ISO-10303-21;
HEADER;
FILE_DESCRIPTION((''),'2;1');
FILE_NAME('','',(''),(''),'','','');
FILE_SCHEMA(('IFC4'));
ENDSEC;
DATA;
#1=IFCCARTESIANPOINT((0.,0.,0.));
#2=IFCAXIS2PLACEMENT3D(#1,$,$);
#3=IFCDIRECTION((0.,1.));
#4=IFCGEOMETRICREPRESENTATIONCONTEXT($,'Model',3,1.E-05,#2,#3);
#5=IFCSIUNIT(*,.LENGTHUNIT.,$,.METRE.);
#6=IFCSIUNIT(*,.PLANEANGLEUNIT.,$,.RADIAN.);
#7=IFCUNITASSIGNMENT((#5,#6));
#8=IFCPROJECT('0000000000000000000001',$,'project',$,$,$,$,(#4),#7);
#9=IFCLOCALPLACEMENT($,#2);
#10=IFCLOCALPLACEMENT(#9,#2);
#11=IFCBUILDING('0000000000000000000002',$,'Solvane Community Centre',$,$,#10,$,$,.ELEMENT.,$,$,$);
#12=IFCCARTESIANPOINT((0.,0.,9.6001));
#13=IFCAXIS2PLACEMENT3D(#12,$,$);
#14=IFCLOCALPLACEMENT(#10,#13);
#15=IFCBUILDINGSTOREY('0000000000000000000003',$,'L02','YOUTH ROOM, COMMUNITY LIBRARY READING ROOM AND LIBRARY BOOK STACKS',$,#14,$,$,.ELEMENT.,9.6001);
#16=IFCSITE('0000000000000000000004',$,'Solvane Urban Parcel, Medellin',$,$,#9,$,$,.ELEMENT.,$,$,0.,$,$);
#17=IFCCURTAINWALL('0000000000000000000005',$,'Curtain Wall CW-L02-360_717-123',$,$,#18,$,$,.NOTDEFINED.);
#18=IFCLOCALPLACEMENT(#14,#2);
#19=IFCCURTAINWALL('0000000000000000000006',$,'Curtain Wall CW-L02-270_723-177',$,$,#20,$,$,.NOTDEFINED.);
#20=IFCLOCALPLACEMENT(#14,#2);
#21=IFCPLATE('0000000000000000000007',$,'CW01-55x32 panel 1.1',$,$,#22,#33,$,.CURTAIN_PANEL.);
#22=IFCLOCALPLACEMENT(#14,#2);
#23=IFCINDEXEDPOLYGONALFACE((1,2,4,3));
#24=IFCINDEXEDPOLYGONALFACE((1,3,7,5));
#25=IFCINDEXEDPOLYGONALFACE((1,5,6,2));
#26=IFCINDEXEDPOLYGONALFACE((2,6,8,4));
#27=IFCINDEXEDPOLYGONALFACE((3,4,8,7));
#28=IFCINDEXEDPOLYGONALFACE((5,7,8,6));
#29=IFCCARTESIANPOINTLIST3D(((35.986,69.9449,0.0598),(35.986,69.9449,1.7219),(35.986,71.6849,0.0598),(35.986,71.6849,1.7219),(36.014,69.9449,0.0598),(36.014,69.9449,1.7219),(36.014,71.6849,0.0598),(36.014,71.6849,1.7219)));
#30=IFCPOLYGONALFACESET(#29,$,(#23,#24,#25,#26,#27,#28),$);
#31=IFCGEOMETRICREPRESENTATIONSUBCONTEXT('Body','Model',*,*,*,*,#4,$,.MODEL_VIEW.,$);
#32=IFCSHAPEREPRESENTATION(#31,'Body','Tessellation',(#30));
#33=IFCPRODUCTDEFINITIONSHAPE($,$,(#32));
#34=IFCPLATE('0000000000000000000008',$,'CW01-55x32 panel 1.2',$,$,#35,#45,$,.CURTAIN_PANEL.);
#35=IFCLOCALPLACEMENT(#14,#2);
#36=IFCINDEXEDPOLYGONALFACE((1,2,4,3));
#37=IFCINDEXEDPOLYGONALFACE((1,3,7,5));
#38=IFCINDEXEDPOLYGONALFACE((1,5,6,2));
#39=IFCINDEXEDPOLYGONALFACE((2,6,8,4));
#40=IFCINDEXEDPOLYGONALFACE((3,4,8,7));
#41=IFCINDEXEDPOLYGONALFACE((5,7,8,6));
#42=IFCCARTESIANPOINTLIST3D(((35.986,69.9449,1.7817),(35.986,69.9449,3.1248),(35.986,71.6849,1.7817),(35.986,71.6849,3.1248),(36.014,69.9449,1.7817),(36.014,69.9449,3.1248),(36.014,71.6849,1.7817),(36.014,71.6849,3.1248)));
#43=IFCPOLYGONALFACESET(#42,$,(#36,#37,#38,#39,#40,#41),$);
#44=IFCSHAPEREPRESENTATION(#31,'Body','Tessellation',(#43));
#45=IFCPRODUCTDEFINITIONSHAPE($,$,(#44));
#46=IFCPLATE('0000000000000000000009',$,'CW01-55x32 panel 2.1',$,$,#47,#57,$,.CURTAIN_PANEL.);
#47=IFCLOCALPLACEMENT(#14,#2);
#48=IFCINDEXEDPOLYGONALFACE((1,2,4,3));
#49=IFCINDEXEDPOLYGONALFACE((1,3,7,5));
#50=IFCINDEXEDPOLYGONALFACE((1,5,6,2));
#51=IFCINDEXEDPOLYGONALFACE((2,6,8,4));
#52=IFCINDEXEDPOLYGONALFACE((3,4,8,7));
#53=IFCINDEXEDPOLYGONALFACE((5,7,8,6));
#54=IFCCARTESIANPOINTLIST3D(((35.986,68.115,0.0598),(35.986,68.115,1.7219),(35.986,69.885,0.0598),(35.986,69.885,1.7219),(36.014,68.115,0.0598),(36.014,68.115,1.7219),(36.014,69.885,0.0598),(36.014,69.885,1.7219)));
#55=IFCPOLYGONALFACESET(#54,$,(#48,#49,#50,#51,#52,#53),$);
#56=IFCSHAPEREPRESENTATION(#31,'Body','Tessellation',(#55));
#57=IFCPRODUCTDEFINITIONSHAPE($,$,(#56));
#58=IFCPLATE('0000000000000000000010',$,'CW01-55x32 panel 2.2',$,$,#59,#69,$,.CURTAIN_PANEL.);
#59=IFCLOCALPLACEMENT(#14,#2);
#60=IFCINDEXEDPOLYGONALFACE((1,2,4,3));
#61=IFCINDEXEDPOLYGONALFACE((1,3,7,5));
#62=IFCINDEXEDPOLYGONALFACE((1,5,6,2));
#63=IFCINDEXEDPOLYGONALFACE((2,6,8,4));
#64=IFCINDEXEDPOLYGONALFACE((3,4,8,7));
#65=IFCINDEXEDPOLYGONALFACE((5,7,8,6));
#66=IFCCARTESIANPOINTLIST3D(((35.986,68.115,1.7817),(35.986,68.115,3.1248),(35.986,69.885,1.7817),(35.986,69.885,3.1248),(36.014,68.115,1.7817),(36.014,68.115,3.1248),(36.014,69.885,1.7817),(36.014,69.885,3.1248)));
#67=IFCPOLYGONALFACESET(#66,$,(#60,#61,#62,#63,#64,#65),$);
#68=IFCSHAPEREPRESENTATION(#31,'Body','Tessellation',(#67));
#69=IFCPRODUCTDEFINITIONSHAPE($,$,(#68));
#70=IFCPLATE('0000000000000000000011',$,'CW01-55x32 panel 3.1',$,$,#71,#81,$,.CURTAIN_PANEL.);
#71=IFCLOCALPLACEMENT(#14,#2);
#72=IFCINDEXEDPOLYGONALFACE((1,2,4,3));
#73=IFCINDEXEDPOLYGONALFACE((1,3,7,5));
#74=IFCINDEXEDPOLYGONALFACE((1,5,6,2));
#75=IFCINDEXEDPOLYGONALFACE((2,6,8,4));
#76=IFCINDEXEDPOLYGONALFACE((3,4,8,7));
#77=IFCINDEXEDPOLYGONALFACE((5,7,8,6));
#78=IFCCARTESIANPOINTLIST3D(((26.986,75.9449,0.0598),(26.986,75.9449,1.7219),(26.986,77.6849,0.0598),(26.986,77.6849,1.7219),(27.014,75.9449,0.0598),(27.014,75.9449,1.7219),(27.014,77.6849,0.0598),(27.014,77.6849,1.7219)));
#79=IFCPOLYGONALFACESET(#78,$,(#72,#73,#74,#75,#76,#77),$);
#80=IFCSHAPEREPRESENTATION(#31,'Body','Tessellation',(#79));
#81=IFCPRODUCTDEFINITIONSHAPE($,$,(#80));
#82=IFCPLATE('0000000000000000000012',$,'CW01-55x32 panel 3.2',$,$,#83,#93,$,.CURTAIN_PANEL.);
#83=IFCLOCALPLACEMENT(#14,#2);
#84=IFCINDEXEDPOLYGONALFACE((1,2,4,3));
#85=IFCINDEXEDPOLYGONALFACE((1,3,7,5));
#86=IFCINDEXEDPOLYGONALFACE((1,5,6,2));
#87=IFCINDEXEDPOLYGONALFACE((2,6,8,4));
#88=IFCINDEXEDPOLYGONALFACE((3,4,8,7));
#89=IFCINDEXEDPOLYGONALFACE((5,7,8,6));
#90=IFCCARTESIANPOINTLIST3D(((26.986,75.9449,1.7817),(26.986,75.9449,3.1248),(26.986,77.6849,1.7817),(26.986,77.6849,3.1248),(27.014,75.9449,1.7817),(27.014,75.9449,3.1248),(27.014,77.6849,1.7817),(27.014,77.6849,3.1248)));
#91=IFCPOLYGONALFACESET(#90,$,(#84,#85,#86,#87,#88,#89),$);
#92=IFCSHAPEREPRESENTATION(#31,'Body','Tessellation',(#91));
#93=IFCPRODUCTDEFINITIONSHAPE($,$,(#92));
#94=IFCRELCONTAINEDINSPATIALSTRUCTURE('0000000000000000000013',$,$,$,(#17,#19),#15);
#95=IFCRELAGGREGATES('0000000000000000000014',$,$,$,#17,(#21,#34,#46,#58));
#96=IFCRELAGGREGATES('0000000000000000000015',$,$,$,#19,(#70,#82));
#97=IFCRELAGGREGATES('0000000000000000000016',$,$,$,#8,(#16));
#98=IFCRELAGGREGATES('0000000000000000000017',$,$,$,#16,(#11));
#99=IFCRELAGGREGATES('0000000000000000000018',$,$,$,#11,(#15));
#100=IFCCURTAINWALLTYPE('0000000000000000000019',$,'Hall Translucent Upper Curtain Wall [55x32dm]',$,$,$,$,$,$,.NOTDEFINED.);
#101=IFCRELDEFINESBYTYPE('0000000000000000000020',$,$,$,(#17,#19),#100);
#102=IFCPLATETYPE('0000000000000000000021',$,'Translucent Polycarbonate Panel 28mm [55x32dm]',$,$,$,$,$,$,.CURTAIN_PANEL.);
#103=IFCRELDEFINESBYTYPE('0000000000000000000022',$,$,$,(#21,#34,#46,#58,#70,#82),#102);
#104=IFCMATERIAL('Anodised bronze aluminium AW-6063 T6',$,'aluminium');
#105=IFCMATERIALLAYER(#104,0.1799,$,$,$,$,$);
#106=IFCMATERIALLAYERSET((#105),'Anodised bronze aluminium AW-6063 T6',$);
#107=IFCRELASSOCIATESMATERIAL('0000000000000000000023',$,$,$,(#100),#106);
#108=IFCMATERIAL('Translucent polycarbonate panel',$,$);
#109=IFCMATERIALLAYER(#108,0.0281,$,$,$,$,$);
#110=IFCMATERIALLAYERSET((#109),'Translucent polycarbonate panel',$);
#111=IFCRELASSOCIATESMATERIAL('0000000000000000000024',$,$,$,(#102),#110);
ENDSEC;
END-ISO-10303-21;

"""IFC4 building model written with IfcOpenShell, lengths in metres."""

from ifc_helpers import new_model, si_unit, direction, frame, origin, origin_2d, place, context, subcontext, project, spatial, rectangle, extrude, material, layer, layer_set, type_object, element, aggregate, save


model = new_model("IFC4")

# Units and contexts
model_context = context("Model", 3, precision=1e-05, world=origin(), true_north=direction((0.0, 1.0)))
body_context = subcontext(model_context, "Body", "Model", "MODEL_VIEW")
ifc_project = project(units=[si_unit("LENGTHUNIT", "METRE"), si_unit("PLANEANGLEUNIT", "RADIAN")], contexts=[model_context])

# Site, building, storey
site_placement = place(None, origin())
site = spatial("IfcSite", under=ifc_project, at=site_placement, Name="Solvane Urban Parcel, Medellin", CompositionType="ELEMENT", RefElevation=0.0)
building_placement = place(site_placement, origin())
building = spatial("IfcBuilding", under=site, at=building_placement, Name="Solvane Community Centre", CompositionType="ELEMENT")
storey_placement = place(building_placement, frame((0.0, 0.0, 9.6001)))
storey = spatial("IfcBuildingStorey", under=building, at=storey_placement, Name="L02", Description="YOUTH ROOM, COMMUNITY LIBRARY READING ROOM AND LIBRARY BOOK STACKS", CompositionType="ELEMENT", Elevation=9.6001)

# Curtain wall
ifc_material_1 = material(Name="Anodised bronze aluminium AW-6063 T6", Category="aluminium")
ifc_layer_1 = layer(ifc_material_1, 0.1799)
ifc_layer_set_1 = layer_set([ifc_layer_1], Name="Anodised bronze aluminium AW-6063 T6")
curtain_wall_type = type_object("IfcCurtainWallType", Name="Hall Translucent Upper Curtain Wall [55x32dm]", PredefinedType="NOTDEFINED", material=ifc_layer_set_1)
curtain_wall_1_placement = place(storey_placement, origin())
curtain_wall_1 = element("IfcCurtainWall", 1, at=curtain_wall_1_placement, inside=storey, type_object=curtain_wall_type, Name="Curtain Wall CW-L02-360_717-123", PredefinedType="NOTDEFINED")

# Curtain wall
curtain_wall_2_placement = place(storey_placement, origin())
curtain_wall_2 = element("IfcCurtainWall", 2, at=curtain_wall_2_placement, inside=storey, type_object=curtain_wall_type, Name="Curtain Wall CW-L02-270_723-177", PredefinedType="NOTDEFINED")

# Plates
ifc_material_2 = material(Name="Translucent polycarbonate panel")
ifc_layer_2 = layer(ifc_material_2, 0.0281)
ifc_layer_set_2 = layer_set([ifc_layer_2], Name="Translucent polycarbonate panel")
plate_type = type_object("IfcPlateType", Name="Translucent Polycarbonate Panel 28mm [55x32dm]", PredefinedType="CURTAIN_PANEL", material=ifc_layer_set_2)
plate_1_placement = place(storey_placement, frame((36.0, 70.8149, 0.0598), z_axis=(0.0, 0.0, 1.0), x_axis=(0.0, -1.0, 0.0)))
plate_1 = element("IfcPlate", 3, at=plate_1_placement, type_object=plate_type, Name="CW01-55x32 panel 1.1", PredefinedType="CURTAIN_PANEL", context=body_context, shape_type="SweptSolid", body=[
    extrude(rectangle(XDim=1.74, YDim=0.0281, at=origin_2d()), origin(), (0.0, 0.0, 1.0), 1.6621),
])
plate_2_placement = place(storey_placement, frame((36.0, 70.8149, 1.7817), z_axis=(0.0, 0.0, 1.0), x_axis=(0.0, -1.0, 0.0)))
plate_2 = element("IfcPlate", 4, at=plate_2_placement, type_object=plate_type, Name="CW01-55x32 panel 1.2", PredefinedType="CURTAIN_PANEL", context=body_context, shape_type="SweptSolid", body=[
    extrude(rectangle(XDim=1.74, YDim=0.0281, at=origin_2d()), origin(), (0.0, 0.0, 1.0), 1.343),
])
plate_3_placement = place(storey_placement, frame((36.0, 69.0, 0.0598), z_axis=(0.0, 0.0, 1.0), x_axis=(0.0, -1.0, 0.0)))
plate_3 = element("IfcPlate", 5, at=plate_3_placement, type_object=plate_type, Name="CW01-55x32 panel 2.1", PredefinedType="CURTAIN_PANEL", context=body_context, shape_type="SweptSolid", body=[
    extrude(rectangle(XDim=1.77, YDim=0.0281, at=origin_2d()), origin(), (0.0, 0.0, 1.0), 1.6621),
])
plate_4_placement = place(storey_placement, frame((36.0, 69.0, 1.7817), z_axis=(0.0, 0.0, 1.0), x_axis=(0.0, -1.0, 0.0)))
plate_4 = element("IfcPlate", 6, at=plate_4_placement, type_object=plate_type, Name="CW01-55x32 panel 2.2", PredefinedType="CURTAIN_PANEL", context=body_context, shape_type="SweptSolid", body=[
    extrude(rectangle(XDim=1.77, YDim=0.0281, at=origin_2d()), origin(), (0.0, 0.0, 1.0), 1.343),
])
aggregate(curtain_wall_1, [plate_1, plate_2, plate_3, plate_4])
plate_5_placement = place(storey_placement, frame((27.0, 76.8149, 0.0598), z_axis=(0.0, 0.0, 1.0), x_axis=(0.0, 1.0, 0.0)))
plate_5 = element("IfcPlate", 7, at=plate_5_placement, type_object=plate_type, Name="CW01-55x32 panel 3.1", PredefinedType="CURTAIN_PANEL", context=body_context, shape_type="SweptSolid", body=[
    extrude(rectangle(XDim=1.74, YDim=0.0281, at=origin_2d()), origin(), (0.0, 0.0, 1.0), 1.6621),
])
plate_6_placement = place(storey_placement, frame((27.0, 76.8149, 1.7817), z_axis=(0.0, 0.0, 1.0), x_axis=(0.0, 1.0, 0.0)))
plate_6 = element("IfcPlate", 8, at=plate_6_placement, type_object=plate_type, Name="CW01-55x32 panel 3.2", PredefinedType="CURTAIN_PANEL", context=body_context, shape_type="SweptSolid", body=[
    extrude(rectangle(XDim=1.74, YDim=0.0281, at=origin_2d()), origin(), (0.0, 0.0, 1.0), 1.343),
])
aggregate(curtain_wall_2, [plate_5, plate_6])

save(model, "model.ifc")
